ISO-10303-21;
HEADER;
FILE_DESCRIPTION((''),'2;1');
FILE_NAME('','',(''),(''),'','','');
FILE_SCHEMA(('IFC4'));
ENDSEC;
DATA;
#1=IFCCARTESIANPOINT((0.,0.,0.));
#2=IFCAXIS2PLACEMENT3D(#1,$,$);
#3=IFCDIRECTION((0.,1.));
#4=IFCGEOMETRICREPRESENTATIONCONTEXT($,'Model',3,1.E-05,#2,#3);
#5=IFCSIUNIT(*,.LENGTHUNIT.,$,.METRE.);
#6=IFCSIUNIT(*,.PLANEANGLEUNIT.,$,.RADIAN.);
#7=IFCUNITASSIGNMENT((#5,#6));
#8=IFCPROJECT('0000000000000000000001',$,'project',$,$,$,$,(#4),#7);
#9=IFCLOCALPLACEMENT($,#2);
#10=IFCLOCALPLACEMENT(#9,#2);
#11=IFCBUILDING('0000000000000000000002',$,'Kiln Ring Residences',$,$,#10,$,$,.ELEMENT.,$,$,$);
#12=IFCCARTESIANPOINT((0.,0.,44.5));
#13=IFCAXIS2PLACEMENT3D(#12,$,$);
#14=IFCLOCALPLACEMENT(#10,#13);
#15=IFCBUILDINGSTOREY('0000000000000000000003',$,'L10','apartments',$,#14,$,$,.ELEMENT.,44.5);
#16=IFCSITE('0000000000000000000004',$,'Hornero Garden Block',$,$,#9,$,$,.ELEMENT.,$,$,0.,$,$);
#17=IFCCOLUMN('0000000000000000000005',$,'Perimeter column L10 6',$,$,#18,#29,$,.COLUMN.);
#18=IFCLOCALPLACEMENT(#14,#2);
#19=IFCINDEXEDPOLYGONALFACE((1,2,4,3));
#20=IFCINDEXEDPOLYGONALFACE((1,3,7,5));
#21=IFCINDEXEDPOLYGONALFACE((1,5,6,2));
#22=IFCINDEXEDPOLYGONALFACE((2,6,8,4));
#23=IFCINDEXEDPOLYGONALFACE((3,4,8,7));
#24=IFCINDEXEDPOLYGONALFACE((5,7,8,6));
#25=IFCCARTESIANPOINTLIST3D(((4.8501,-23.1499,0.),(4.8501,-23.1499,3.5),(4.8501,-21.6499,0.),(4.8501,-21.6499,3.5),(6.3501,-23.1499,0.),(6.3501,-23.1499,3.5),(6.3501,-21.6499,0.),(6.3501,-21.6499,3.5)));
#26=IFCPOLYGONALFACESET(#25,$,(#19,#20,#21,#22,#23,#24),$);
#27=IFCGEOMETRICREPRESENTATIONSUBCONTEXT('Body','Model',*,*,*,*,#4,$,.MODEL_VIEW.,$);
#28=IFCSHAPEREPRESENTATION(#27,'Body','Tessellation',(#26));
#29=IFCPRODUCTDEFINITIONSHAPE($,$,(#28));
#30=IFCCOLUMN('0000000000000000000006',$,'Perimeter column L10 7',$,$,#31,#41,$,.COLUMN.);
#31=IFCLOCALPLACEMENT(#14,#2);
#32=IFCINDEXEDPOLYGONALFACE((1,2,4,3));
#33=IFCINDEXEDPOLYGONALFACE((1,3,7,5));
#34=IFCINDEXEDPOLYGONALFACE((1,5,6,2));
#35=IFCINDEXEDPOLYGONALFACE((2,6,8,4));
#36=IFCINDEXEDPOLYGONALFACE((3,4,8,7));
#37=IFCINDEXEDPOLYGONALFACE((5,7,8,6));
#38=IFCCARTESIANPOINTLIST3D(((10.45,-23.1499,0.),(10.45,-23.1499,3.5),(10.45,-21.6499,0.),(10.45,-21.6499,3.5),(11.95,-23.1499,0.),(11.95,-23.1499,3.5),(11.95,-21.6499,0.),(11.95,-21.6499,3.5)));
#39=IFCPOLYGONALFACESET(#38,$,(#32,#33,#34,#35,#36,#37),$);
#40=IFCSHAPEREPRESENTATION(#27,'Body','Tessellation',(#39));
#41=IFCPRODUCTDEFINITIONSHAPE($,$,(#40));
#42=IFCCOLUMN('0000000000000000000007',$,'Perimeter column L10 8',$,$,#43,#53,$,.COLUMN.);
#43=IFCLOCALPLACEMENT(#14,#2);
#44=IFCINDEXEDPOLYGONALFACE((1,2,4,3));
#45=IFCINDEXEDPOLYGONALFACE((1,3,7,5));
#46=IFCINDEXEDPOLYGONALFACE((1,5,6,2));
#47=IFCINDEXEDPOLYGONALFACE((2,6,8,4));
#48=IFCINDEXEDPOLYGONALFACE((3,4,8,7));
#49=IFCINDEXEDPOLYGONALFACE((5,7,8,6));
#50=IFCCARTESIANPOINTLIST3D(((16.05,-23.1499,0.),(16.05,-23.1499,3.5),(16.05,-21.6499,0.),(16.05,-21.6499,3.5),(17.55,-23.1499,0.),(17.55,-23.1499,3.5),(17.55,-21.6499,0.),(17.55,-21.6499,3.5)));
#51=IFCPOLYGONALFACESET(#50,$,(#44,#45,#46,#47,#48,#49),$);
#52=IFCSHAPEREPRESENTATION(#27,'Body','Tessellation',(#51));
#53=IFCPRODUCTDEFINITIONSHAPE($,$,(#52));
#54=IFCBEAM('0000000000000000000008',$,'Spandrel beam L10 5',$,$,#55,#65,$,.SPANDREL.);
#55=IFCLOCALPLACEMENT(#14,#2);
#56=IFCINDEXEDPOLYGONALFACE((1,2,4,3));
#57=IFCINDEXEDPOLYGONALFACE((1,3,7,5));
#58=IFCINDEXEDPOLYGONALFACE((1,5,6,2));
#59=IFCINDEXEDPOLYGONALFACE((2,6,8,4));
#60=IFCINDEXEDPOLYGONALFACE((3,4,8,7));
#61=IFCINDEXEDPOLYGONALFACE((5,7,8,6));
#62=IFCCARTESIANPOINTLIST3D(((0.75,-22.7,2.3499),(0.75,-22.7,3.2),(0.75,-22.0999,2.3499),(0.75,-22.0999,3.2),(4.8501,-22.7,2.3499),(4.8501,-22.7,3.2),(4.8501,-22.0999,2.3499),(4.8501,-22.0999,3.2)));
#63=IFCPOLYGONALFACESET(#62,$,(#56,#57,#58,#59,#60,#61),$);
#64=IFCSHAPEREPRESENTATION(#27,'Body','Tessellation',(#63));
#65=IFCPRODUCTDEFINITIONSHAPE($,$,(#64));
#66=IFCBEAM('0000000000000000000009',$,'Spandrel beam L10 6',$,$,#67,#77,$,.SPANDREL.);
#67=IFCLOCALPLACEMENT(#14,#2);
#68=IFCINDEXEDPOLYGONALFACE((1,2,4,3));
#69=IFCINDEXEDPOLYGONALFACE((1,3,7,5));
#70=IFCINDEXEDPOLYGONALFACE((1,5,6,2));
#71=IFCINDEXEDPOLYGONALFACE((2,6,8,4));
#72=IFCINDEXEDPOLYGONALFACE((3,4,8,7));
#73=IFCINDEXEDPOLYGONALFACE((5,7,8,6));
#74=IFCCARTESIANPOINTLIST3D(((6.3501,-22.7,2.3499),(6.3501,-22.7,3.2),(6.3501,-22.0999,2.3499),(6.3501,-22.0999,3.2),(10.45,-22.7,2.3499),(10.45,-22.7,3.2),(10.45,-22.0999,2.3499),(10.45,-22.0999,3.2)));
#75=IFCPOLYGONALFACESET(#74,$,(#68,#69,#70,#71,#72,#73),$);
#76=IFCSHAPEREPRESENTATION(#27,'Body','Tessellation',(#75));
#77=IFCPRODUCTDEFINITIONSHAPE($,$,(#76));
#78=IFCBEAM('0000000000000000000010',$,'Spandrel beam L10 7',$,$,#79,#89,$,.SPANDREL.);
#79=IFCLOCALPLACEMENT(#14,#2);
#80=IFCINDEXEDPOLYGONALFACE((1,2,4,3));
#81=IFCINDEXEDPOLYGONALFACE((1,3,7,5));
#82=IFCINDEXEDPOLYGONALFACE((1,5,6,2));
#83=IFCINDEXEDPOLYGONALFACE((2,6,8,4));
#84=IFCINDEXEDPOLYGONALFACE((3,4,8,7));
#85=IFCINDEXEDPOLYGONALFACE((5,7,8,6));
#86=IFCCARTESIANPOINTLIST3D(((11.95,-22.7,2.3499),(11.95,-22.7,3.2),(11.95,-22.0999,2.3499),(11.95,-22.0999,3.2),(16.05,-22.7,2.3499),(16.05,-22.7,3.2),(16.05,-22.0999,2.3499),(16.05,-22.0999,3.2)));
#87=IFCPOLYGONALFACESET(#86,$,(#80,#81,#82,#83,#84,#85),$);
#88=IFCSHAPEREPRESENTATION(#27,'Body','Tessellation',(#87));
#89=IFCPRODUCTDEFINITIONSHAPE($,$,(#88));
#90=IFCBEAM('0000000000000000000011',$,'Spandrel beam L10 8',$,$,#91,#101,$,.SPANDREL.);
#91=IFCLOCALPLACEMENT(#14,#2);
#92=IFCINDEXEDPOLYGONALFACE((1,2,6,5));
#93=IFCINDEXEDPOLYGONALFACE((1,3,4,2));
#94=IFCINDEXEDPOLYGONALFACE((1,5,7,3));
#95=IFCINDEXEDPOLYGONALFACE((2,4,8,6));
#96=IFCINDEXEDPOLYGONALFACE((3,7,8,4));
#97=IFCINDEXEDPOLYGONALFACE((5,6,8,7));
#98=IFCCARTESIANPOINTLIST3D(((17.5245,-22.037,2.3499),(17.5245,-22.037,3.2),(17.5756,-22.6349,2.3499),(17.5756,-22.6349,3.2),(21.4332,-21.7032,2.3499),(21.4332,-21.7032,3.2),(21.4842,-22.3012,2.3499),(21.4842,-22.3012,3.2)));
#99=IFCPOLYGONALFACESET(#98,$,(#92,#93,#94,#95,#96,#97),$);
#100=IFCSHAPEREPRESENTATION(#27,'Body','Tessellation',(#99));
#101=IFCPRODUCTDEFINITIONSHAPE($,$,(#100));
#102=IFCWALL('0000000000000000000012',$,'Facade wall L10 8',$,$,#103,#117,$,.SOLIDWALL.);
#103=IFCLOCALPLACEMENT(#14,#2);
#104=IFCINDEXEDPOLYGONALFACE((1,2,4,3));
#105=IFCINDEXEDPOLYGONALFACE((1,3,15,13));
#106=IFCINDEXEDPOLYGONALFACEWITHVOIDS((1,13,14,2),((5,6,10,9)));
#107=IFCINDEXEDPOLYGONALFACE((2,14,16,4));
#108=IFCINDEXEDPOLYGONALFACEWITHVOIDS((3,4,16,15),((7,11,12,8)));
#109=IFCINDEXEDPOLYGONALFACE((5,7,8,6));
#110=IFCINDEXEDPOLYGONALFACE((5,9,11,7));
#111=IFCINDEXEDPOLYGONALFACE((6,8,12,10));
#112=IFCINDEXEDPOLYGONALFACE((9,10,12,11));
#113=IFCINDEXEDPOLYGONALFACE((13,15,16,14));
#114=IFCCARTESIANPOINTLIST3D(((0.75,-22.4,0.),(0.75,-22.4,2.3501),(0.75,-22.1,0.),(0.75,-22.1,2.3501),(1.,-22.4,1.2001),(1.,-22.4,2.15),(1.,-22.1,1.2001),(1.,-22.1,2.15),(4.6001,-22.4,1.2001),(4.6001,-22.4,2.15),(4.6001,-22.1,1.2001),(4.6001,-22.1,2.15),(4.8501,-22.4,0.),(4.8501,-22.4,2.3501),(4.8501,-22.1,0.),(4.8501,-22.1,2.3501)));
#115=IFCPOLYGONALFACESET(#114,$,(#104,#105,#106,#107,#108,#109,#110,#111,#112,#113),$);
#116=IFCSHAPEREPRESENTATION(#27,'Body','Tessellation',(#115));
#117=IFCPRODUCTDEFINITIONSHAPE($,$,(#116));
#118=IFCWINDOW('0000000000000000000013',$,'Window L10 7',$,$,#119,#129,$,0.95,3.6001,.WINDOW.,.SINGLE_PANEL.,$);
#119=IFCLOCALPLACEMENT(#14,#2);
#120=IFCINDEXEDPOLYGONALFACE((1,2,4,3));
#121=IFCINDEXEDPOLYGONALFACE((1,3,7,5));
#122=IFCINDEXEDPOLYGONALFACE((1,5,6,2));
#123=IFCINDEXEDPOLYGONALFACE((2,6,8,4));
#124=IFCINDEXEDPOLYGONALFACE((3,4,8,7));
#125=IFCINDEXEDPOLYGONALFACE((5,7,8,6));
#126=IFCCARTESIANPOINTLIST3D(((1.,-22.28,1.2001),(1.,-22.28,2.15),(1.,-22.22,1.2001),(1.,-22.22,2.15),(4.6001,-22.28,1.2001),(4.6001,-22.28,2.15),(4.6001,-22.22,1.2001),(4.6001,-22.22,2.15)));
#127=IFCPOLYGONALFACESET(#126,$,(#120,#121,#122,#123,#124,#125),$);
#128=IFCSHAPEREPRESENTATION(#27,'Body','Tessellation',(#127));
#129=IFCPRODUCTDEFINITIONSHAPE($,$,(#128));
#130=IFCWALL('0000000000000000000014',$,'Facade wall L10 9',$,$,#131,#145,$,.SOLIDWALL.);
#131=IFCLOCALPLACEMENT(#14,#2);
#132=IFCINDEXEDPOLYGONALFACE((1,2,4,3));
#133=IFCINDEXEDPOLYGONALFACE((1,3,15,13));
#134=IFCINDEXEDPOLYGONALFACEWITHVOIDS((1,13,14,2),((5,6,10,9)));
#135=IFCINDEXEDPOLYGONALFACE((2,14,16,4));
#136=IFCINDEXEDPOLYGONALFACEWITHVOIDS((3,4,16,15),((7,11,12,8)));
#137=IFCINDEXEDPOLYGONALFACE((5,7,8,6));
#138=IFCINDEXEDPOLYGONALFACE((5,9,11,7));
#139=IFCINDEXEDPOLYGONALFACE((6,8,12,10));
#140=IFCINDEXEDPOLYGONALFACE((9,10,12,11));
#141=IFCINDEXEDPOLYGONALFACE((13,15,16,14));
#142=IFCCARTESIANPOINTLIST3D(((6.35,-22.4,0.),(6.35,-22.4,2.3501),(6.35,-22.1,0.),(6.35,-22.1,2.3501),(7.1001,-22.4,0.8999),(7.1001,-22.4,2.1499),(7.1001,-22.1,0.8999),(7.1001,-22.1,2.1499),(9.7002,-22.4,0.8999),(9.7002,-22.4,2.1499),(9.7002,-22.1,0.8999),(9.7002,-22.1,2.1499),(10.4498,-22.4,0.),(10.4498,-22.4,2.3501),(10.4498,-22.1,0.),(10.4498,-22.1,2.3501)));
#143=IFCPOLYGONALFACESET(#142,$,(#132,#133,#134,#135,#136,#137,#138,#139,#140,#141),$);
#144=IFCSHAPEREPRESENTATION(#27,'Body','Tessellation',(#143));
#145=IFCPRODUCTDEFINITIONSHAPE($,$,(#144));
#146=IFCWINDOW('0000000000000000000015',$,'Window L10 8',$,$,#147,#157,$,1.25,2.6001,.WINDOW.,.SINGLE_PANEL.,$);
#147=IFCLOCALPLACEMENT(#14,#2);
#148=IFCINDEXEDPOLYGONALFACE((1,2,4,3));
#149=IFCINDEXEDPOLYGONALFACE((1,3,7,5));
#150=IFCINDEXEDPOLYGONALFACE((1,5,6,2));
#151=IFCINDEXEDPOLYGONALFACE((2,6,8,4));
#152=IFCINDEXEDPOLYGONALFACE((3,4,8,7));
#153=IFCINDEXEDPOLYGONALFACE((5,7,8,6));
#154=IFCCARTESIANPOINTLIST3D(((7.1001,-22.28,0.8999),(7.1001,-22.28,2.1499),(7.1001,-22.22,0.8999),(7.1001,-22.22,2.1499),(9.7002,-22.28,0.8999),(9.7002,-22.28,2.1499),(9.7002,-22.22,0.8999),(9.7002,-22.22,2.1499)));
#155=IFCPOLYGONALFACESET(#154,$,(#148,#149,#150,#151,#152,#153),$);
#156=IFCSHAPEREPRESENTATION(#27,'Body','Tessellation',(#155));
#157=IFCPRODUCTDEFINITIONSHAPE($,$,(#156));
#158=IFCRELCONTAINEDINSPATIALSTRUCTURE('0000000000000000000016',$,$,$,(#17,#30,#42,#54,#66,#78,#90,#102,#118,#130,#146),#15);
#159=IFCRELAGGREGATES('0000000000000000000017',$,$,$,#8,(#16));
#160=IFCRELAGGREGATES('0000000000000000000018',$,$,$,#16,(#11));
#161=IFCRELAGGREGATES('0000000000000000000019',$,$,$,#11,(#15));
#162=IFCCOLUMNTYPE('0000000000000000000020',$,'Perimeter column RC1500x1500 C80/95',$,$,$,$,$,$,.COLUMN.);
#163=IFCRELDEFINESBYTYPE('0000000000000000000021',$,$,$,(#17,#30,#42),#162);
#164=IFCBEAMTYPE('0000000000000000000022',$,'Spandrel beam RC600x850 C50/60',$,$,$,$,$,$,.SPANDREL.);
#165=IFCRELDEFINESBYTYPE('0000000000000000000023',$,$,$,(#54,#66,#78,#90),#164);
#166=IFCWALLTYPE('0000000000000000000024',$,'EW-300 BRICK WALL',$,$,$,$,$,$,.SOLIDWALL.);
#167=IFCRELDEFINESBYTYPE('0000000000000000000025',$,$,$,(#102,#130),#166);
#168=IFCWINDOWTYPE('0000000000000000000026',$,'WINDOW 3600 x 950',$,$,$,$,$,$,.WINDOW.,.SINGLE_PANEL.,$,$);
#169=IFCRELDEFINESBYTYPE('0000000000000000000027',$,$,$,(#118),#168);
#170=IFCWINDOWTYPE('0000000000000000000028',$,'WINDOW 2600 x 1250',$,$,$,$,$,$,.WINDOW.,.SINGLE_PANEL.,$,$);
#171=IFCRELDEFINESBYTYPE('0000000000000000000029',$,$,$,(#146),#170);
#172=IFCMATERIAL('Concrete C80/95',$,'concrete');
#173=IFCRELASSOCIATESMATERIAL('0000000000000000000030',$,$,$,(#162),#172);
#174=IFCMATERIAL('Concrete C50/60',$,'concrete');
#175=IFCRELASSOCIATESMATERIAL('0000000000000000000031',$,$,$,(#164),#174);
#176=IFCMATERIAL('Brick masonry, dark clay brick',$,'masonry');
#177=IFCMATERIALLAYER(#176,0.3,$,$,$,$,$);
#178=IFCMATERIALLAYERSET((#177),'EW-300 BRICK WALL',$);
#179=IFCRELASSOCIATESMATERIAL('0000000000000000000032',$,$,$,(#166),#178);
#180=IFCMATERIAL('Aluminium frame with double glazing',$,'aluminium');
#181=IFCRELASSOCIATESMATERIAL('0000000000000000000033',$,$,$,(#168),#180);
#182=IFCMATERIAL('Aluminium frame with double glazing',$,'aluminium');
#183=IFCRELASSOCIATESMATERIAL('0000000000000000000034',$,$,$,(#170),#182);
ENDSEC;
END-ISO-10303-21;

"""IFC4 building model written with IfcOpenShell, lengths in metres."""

from ifc_helpers import new_model, si_unit, direction, frame, frame_2d, origin, origin_2d, place, context, subcontext, project, spatial, rectangle, extrude, material, layer, layer_set, material_profile, profile_set, type_object, element, fill, save


model = new_model("IFC4")

# Units and contexts
model_context = context("Model", 3, precision=1e-05, world=origin(), true_north=direction((0.0, 1.0)))
body_context = subcontext(model_context, "Body", "Model", "MODEL_VIEW")
ifc_project = project(units=[si_unit("LENGTHUNIT", "METRE"), si_unit("PLANEANGLEUNIT", "RADIAN")], contexts=[model_context])

# Site, building, storey
site_placement = place(None, origin())
site = spatial("IfcSite", under=ifc_project, at=site_placement, Name="Hornero Garden Block", CompositionType="ELEMENT", RefElevation=0.0)
building_placement = place(site_placement, origin())
building = spatial("IfcBuilding", under=site, at=building_placement, Name="Kiln Ring Residences", CompositionType="ELEMENT")
storey_placement = place(building_placement, frame((0.0, 0.0, 44.5)))
storey = spatial("IfcBuildingStorey", under=building, at=storey_placement, Name="L10", Description="apartments", CompositionType="ELEMENT", Elevation=44.5)

# Columns
ifc_material_1 = material(Name="Concrete C80/95", Category="concrete")
ifc_material_profile_1 = material_profile(ifc_material_1, rectangle(XDim=1.5, YDim=1.5, at=origin_2d()), Name="RC1500x1500")
ifc_profile_set_1 = profile_set([ifc_material_profile_1], Name="Concrete C80/95")
column_type = type_object("IfcColumnType", Name="Perimeter column RC1500x1500 C80/95", PredefinedType="COLUMN", material=ifc_profile_set_1)
for number, where, z_axis, x_axis, name in (
    (1, (5.6001, -22.3999, 0.0), (0.0, 0.0, 1.0), (1.0, 0.0, 0.0), "Perimeter column L10 6"),
    (2, (11.2, -22.3999, 0.0), (0.0, 0.0, 1.0), (1.0, 0.0, 0.0), "Perimeter column L10 7"),
    (3, (16.8, -22.3999, 0.0), (0.0, 0.0, 1.0), (1.0, 0.0, 0.0), "Perimeter column L10 8"),
):
    element("IfcColumn", number, at=place(storey_placement, frame(where, z_axis=z_axis, x_axis=x_axis)), inside=storey, type_object=column_type, Name=name, PredefinedType="COLUMN", context=body_context, shape_type="SweptSolid", body=[
        extrude(rectangle(XDim=1.5, YDim=1.5, at=origin_2d()), origin(), (0.0, 0.0, 1.0), 3.5),
    ])

# Beams
ifc_material_2 = material(Name="Concrete C50/60", Category="concrete")
ifc_material_profile_2 = material_profile(ifc_material_2, rectangle(XDim=0.6001, YDim=0.8501, at=origin_2d()), Name="RC600x850")
ifc_profile_set_2 = profile_set([ifc_material_profile_2], Name="Concrete C50/60")
beam_type = type_object("IfcBeamType", Name="Spandrel beam RC600x850 C50/60", PredefinedType="SPANDREL", material=ifc_profile_set_2)
beam_1_placement = place(storey_placement, frame((0.75, -22.3999, 2.7749), z_axis=(1.0, 0.0, 0.0), x_axis=(0.0, 1.0, 0.0)))
element("IfcBeam", 4, at=beam_1_placement, inside=storey, type_object=beam_type, Name="Spandrel beam L10 5", PredefinedType="SPANDREL", context=body_context, shape_type="SweptSolid", body=[
    extrude(rectangle(XDim=0.6001, YDim=0.8501, at=origin_2d()), origin(), (0.0, 0.0, 1.0), 4.1001),
])
beam_2_placement = place(storey_placement, frame((6.3501, -22.3999, 2.7749), z_axis=(1.0, 0.0, 0.0), x_axis=(0.0, 1.0, 0.0)))
element("IfcBeam", 5, at=beam_2_placement, inside=storey, type_object=beam_type, Name="Spandrel beam L10 6", PredefinedType="SPANDREL", context=body_context, shape_type="SweptSolid", body=[
    extrude(rectangle(XDim=0.6001, YDim=0.8501, at=origin_2d()), origin(), (0.0, 0.0, 1.0), 4.0999),
])
beam_3_placement = place(storey_placement, frame((11.95, -22.3999, 2.7749), z_axis=(1.0, 0.0, 0.0), x_axis=(0.0, 1.0, 0.0)))
element("IfcBeam", 6, at=beam_3_placement, inside=storey, type_object=beam_type, Name="Spandrel beam L10 7", PredefinedType="SPANDREL", context=body_context, shape_type="SweptSolid", body=[
    extrude(rectangle(XDim=0.6001, YDim=0.8501, at=origin_2d()), origin(), (0.0, 0.0, 1.0), 4.1001),
])
beam_4_placement = place(storey_placement, frame((17.55, -22.3359, 2.7749), z_axis=(0.996375, 0.085075, 0.0), x_axis=(-0.085075, 0.996375, 0.0)))
element("IfcBeam", 7, at=beam_4_placement, inside=storey, type_object=beam_type, Name="Spandrel beam L10 8", PredefinedType="SPANDREL", context=body_context, shape_type="SweptSolid", body=[
    extrude(rectangle(XDim=0.6001, YDim=0.8501, at=origin_2d()), origin(), (0.0, 0.0, 1.0), 3.9229),
])

# Walls, openings, windows
ifc_material_3 = material(Name="Brick masonry, dark clay brick", Category="masonry")
ifc_layer_1 = layer(ifc_material_3, 0.3)
ifc_layer_set_1 = layer_set([ifc_layer_1], Name="EW-300 BRICK WALL")
wall_type_1 = type_object("IfcWallType", Name="EW-300 BRICK WALL", PredefinedType="SOLIDWALL", material=ifc_layer_set_1)
wall_1_placement = place(storey_placement, frame((0.75, -22.25, 0.0), z_axis=(0.0, 0.0, 1.0), x_axis=(1.0, 0.0, 0.0)))
wall_1 = element("IfcWall", 8, at=wall_1_placement, inside=storey, type_object=wall_type_1, Name="Facade wall L10 8", PredefinedType="SOLIDWALL", context=body_context, shape_type="SweptSolid", body=[
    extrude(rectangle(XDim=4.1001, YDim=0.3, at=frame_2d((2.05, 0.0))), origin(), (0.0, 0.0, 1.0), 2.3501),
])
opening_1_placement = place(wall_1_placement, frame((0.25, 0.0, 1.2)))
opening_1 = element("IfcOpeningElement", 9, at=opening_1_placement, cuts=wall_1, PredefinedType="OPENING", context=body_context, shape_type="SweptSolid", body=[
    extrude(rectangle(XDim=3.6001, YDim=0.95, at=frame_2d((1.8, 0.4751))), frame((0.0, 0.1599, 0.0), z_axis=(0.0, -1.0, 0.0), x_axis=(1.0, 0.0, 0.0)), (0.0, 0.0, 1.0), 0.3201),
])
ifc_material_4 = material(Name="Aluminium frame with double glazing", Category="aluminium")
window_type_1 = type_object("IfcWindowType", Name="WINDOW 3600 x 950", PartitioningType="SINGLE_PANEL", PredefinedType="WINDOW", material=ifc_material_4)
window_1_placement = place(opening_1_placement, origin())
window_1 = element("IfcWindow", 10, at=window_1_placement, inside=storey, type_object=window_type_1, Name="Window L10 7", OverallHeight=0.95, OverallWidth=3.6001, PartitioningType="SINGLE_PANEL", PredefinedType="WINDOW", context=body_context, shape_type="SweptSolid", body=[
    extrude(rectangle(XDim=3.6001, YDim=0.95, at=frame_2d((1.8, 0.4751))), frame((0.0, 0.03, 0.0), z_axis=(0.0, -1.0, 0.0), x_axis=(1.0, 0.0, 0.0)), (0.0, 0.0, 1.0), 0.0601),
])
fill(opening_1, window_1)
wall_2_placement = place(storey_placement, frame((6.3501, -22.25, 0.0), z_axis=(0.0, 0.0, 1.0), x_axis=(1.0, 0.0, 0.0)))
wall_2 = element("IfcWall", 11, at=wall_2_placement, inside=storey, type_object=wall_type_1, Name="Facade wall L10 9", PredefinedType="SOLIDWALL", context=body_context, shape_type="SweptSolid", body=[
    extrude(rectangle(XDim=4.0999, YDim=0.3, at=frame_2d((2.0498, 0.0))), origin(), (0.0, 0.0, 1.0), 2.3501),
])
opening_2_placement = place(wall_2_placement, frame((0.75, 0.0, 0.8999)))
opening_2 = element("IfcOpeningElement", 12, at=opening_2_placement, cuts=wall_2, PredefinedType="OPENING", context=body_context, shape_type="SweptSolid", body=[
    extrude(rectangle(XDim=2.6001, YDim=1.25, at=frame_2d((1.3, 0.625))), frame((0.0, 0.1599, 0.0), z_axis=(0.0, -1.0, 0.0), x_axis=(1.0, 0.0, 0.0)), (0.0, 0.0, 1.0), 0.3201),
])
ifc_material_5 = material(Name="Aluminium frame with double glazing", Category="aluminium")
window_type_2 = type_object("IfcWindowType", Name="WINDOW 2600 x 1250", PartitioningType="SINGLE_PANEL", PredefinedType="WINDOW", material=ifc_material_5)
window_2_placement = place(opening_2_placement, origin())
window_2 = element("IfcWindow", 13, at=window_2_placement, inside=storey, type_object=window_type_2, Name="Window L10 8", OverallHeight=1.25, OverallWidth=2.6001, PartitioningType="SINGLE_PANEL", PredefinedType="WINDOW", context=body_context, shape_type="SweptSolid", body=[
    extrude(rectangle(XDim=2.6001, YDim=1.25, at=frame_2d((1.3, 0.625))), frame((0.0, 0.03, 0.0), z_axis=(0.0, -1.0, 0.0), x_axis=(1.0, 0.0, 0.0)), (0.0, 0.0, 1.0), 0.0601),
])
fill(opening_2, window_2)

save(model, "model.ifc")
